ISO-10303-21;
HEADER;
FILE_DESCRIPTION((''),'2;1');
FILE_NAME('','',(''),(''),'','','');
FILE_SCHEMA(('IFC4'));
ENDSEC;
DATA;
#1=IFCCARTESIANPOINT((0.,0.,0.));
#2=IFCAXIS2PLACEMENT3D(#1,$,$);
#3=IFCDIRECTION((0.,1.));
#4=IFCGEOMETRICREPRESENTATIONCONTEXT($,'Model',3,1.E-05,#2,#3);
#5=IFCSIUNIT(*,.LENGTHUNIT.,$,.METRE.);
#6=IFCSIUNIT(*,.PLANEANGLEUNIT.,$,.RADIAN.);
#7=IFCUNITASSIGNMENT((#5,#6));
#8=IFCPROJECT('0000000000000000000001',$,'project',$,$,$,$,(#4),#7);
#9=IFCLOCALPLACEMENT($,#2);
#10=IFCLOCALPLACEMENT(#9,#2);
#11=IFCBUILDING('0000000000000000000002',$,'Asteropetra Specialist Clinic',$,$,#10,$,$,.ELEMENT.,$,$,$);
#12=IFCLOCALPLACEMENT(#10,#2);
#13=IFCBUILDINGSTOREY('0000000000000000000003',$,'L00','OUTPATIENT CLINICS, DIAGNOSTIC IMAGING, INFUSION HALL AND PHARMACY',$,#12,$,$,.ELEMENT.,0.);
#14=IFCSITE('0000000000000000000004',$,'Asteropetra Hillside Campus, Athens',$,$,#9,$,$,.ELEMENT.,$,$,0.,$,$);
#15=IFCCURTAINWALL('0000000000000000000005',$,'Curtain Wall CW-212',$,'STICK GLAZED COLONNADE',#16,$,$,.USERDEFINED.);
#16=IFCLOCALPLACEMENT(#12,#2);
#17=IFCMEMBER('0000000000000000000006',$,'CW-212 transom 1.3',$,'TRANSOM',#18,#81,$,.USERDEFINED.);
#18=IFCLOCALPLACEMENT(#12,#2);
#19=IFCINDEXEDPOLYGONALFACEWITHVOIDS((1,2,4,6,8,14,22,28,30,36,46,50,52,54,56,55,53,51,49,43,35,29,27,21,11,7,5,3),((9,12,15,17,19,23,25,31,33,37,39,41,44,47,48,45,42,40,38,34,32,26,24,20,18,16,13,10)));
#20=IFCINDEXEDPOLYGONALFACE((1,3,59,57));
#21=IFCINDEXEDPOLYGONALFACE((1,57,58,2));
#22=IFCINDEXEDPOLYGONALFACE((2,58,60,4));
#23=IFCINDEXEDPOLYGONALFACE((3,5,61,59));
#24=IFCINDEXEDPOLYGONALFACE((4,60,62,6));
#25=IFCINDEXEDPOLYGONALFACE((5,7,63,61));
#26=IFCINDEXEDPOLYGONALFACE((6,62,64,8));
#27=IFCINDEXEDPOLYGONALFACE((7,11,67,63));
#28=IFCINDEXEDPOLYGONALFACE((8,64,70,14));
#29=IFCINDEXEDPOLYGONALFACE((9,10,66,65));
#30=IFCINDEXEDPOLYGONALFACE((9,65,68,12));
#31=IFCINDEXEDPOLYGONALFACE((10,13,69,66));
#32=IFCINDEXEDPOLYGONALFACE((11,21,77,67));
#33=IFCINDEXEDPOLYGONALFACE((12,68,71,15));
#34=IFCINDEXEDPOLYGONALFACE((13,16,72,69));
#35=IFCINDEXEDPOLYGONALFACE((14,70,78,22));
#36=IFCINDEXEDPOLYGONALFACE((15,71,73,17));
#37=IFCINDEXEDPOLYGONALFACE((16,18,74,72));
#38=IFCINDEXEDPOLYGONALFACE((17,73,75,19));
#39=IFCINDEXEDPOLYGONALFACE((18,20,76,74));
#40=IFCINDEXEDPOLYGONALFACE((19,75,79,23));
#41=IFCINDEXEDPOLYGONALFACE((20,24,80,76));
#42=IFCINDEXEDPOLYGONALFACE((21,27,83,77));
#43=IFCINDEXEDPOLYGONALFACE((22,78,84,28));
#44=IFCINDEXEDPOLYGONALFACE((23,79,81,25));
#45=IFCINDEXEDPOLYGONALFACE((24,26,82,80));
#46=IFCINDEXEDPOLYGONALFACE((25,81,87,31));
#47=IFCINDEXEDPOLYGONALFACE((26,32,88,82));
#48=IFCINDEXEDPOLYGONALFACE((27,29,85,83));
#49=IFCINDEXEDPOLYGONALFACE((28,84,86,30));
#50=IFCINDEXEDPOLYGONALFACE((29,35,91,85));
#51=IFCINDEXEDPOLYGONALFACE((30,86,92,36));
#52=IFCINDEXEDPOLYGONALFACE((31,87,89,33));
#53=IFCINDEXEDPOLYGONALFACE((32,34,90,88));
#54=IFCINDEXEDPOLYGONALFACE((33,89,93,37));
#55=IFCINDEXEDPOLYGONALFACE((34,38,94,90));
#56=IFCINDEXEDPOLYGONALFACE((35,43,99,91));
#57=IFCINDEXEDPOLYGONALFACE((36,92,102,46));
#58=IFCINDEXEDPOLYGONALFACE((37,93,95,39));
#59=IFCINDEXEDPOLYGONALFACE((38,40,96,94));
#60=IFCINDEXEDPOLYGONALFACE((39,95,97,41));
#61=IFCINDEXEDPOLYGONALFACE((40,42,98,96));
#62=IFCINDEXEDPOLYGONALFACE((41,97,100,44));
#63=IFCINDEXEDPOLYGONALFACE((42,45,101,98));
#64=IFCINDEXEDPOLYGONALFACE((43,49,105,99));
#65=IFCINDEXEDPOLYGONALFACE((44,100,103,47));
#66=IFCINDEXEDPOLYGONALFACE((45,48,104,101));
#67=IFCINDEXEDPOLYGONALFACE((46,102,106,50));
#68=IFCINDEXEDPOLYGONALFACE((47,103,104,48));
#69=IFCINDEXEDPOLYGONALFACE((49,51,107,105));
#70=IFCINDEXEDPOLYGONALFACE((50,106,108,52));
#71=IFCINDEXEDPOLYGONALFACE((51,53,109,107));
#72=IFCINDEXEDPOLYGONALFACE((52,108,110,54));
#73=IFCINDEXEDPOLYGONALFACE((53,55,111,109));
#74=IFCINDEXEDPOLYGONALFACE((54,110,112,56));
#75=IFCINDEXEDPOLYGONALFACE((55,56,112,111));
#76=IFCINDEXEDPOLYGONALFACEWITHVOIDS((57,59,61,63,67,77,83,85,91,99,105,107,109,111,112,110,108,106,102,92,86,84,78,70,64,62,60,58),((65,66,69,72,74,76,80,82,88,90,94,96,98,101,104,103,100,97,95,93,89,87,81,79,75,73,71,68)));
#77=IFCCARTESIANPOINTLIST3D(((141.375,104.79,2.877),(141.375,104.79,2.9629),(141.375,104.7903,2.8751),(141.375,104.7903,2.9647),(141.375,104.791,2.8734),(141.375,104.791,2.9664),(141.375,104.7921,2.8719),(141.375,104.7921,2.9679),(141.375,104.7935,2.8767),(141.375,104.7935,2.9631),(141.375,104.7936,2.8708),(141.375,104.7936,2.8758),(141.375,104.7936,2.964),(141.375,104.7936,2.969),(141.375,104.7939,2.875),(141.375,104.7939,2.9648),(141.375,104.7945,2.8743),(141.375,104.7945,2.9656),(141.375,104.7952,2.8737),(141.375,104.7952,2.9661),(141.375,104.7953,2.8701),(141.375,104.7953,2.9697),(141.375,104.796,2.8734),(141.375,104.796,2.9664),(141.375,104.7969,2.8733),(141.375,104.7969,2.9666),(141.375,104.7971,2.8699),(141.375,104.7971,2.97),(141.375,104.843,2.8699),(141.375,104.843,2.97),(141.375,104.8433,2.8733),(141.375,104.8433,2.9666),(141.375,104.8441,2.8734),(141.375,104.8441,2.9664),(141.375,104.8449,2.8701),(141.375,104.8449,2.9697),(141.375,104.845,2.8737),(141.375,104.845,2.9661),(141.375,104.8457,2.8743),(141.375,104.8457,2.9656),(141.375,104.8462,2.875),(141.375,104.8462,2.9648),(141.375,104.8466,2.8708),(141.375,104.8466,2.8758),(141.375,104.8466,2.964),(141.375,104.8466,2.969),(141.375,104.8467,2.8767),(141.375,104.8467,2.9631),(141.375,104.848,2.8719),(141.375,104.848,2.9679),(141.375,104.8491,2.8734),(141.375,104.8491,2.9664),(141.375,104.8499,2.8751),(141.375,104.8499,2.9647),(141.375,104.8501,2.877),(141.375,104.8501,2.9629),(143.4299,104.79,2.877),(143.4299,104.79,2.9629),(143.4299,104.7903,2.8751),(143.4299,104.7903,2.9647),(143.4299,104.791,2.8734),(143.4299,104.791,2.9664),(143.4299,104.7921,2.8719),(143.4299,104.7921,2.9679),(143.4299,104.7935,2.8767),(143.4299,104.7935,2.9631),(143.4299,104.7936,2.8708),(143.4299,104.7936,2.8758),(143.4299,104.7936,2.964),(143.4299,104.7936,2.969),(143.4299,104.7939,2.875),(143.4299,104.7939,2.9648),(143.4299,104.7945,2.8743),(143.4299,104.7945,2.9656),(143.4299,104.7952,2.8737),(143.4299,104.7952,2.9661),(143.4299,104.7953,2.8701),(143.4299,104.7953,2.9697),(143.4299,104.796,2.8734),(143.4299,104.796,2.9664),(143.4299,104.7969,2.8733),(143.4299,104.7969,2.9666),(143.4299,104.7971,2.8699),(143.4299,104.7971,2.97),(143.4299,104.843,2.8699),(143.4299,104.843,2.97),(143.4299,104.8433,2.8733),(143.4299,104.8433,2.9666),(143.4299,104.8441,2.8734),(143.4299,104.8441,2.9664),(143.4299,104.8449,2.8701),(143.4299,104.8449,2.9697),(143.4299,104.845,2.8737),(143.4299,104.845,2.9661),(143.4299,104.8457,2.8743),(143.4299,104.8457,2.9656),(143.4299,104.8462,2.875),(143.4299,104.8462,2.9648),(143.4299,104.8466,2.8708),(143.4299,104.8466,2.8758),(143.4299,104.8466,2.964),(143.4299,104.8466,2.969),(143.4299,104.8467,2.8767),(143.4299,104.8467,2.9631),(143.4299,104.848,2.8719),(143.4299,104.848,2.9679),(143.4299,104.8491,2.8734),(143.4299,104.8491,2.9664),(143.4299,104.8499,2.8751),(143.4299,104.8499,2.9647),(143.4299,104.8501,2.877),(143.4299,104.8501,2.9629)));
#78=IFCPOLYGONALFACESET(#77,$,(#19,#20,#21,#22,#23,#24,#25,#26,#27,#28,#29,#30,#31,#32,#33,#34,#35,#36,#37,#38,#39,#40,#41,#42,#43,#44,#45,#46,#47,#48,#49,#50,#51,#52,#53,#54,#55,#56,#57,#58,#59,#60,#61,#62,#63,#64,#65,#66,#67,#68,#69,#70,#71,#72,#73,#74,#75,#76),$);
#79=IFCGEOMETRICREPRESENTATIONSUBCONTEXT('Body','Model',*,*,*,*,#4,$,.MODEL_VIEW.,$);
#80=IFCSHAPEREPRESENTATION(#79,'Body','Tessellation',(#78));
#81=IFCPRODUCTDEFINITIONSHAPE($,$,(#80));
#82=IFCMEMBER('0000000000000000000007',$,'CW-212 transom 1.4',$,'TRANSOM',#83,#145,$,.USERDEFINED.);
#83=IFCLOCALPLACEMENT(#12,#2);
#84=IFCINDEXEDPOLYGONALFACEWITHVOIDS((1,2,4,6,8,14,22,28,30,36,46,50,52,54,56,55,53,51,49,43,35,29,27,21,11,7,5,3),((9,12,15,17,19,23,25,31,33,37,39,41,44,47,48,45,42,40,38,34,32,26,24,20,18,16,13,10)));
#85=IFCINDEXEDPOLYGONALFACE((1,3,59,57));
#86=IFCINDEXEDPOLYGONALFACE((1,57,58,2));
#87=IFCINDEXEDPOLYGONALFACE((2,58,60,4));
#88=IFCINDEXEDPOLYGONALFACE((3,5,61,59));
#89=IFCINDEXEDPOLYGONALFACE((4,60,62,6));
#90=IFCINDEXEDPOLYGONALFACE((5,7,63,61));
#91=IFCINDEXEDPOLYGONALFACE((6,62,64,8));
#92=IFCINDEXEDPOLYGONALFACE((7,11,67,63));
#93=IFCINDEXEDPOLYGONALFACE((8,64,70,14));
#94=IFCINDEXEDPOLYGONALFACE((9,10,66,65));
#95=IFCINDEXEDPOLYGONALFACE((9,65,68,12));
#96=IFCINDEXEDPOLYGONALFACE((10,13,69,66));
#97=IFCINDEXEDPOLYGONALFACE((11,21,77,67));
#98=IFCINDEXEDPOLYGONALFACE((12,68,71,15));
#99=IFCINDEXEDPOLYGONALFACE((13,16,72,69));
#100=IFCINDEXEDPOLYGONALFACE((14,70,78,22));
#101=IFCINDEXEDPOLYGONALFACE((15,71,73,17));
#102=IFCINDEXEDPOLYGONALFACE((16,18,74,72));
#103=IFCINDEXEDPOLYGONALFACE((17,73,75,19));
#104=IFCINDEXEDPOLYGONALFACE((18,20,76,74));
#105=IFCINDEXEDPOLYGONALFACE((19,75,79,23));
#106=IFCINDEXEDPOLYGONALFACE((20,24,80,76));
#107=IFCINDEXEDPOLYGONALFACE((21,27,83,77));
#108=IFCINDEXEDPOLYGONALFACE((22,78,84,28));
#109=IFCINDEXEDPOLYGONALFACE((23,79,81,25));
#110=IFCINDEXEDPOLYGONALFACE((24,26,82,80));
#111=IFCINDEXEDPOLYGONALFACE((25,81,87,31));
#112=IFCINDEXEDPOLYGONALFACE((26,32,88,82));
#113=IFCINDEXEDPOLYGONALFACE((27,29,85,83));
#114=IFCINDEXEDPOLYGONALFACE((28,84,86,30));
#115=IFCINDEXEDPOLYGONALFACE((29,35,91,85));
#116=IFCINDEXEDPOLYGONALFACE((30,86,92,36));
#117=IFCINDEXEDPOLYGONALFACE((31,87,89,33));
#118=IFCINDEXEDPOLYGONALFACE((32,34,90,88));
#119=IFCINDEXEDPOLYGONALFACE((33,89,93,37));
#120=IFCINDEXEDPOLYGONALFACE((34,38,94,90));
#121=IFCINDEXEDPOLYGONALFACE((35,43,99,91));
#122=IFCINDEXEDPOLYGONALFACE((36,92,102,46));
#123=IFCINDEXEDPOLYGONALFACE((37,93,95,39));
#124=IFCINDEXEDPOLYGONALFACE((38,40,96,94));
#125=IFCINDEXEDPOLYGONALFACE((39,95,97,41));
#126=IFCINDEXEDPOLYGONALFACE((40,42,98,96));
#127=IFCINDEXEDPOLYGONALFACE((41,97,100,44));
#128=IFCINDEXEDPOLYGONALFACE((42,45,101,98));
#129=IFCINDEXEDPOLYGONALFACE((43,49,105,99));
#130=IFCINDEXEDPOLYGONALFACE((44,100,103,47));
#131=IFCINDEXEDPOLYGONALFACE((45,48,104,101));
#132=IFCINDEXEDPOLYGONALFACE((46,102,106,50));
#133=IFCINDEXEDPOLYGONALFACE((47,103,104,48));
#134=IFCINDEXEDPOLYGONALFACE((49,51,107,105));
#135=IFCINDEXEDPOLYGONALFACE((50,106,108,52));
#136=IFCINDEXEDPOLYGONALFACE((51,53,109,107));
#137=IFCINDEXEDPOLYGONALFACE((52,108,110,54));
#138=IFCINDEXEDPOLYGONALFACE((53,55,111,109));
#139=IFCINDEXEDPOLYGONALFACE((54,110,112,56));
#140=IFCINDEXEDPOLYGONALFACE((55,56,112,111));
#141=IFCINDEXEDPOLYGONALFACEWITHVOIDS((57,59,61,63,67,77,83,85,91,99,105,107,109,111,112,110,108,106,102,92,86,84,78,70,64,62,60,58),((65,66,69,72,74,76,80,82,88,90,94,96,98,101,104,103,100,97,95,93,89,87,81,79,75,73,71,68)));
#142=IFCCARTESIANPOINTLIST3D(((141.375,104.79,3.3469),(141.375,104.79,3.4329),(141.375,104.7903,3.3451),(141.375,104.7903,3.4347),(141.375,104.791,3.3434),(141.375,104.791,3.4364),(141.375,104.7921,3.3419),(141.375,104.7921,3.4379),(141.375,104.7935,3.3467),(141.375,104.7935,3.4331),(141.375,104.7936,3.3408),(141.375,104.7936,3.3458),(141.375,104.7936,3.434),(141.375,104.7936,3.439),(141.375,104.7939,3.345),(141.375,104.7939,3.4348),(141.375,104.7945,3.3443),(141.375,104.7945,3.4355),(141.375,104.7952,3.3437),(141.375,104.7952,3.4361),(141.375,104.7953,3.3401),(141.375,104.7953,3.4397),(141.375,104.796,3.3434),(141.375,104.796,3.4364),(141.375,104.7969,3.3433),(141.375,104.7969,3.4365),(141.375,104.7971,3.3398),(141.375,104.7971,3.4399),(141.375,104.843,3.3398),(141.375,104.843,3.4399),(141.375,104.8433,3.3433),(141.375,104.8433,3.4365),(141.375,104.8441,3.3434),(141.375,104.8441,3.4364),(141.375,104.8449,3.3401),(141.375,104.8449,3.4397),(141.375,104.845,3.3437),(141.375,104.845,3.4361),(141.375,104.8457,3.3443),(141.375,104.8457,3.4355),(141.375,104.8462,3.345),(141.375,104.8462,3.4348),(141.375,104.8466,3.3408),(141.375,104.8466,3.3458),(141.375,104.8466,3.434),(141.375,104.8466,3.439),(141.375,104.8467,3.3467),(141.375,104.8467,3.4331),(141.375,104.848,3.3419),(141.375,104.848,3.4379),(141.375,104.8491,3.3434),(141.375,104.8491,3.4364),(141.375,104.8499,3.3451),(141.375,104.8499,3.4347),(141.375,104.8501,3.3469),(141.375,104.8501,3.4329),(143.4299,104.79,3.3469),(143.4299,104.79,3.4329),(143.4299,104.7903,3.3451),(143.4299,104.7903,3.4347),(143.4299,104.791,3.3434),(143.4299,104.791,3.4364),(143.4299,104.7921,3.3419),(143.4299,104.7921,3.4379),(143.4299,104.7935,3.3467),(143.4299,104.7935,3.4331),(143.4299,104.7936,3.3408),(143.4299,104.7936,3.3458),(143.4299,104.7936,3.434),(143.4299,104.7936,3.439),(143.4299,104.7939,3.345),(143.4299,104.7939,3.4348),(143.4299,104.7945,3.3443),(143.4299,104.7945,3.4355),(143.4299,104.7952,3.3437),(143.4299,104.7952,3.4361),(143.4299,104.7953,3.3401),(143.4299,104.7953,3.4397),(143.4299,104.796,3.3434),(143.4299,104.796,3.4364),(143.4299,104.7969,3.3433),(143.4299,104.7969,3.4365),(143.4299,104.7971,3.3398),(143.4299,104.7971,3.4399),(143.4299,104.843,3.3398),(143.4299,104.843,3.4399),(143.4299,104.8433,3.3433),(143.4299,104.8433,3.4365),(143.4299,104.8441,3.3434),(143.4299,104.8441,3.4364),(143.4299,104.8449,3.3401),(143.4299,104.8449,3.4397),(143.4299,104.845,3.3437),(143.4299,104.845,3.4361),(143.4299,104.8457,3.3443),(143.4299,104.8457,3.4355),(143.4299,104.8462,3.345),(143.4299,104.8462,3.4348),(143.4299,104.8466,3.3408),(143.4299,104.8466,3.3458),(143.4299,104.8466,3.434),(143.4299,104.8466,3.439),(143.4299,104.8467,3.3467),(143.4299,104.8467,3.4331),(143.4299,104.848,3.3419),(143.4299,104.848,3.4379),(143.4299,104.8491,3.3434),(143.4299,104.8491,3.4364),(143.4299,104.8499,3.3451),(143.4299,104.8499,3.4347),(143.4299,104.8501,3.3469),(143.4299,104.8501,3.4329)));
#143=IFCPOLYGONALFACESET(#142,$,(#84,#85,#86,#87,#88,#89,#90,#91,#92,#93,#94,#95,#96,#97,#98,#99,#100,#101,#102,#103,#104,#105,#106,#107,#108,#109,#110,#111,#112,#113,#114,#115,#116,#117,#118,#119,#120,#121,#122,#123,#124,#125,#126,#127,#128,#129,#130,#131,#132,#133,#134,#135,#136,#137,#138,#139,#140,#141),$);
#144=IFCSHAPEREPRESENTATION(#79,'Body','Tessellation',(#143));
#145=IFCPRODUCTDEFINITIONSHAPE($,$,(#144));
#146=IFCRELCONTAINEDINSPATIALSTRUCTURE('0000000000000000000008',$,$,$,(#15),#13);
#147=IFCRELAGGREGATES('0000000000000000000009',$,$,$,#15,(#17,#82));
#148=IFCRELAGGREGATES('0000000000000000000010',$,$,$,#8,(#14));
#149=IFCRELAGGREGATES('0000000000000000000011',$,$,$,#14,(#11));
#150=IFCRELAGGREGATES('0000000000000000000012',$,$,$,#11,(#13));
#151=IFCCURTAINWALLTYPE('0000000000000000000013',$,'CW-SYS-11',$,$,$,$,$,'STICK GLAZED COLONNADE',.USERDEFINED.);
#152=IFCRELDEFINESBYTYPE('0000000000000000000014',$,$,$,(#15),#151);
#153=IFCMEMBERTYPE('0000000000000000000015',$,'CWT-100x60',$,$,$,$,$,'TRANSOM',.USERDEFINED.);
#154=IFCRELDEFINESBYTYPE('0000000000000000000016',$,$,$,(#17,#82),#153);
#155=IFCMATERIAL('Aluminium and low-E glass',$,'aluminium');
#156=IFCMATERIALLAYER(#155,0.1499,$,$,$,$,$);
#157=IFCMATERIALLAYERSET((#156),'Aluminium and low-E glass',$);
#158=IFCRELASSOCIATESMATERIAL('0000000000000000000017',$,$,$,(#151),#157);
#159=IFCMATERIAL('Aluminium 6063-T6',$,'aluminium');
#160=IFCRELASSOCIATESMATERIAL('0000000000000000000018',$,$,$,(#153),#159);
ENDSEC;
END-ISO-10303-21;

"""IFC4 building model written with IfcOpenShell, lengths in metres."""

from ifc_helpers import new_model, si_unit, direction, frame, origin, origin_2d, place, context, subcontext, project, spatial, hollow_rectangle, extrude, material, layer, layer_set, material_profile, profile_set, type_object, element, aggregate, save


model = new_model("IFC4")

# Units and contexts
model_context = context("Model", 3, precision=1e-05, world=origin(), true_north=direction((0.0, 1.0)))
body_context = subcontext(model_context, "Body", "Model", "MODEL_VIEW")
ifc_project = project(units=[si_unit("LENGTHUNIT", "METRE"), si_unit("PLANEANGLEUNIT", "RADIAN")], contexts=[model_context])

# Site, building, storey
site_placement = place(None, origin())
site = spatial("IfcSite", under=ifc_project, at=site_placement, Name="Asteropetra Hillside Campus, Athens", CompositionType="ELEMENT", RefElevation=0.0)
building_placement = place(site_placement, origin())
building = spatial("IfcBuilding", under=site, at=building_placement, Name="Asteropetra Specialist Clinic", CompositionType="ELEMENT")
storey_placement = place(building_placement, origin())
storey = spatial("IfcBuildingStorey", under=building, at=storey_placement, Name="L00", Description="OUTPATIENT CLINICS, DIAGNOSTIC IMAGING, INFUSION HALL AND PHARMACY", CompositionType="ELEMENT", Elevation=0.0)

# Curtain wall, members
ifc_material_1 = material(Name="Aluminium and low-E glass", Category="aluminium")
ifc_layer_1 = layer(ifc_material_1, 0.1499)
ifc_layer_set_1 = layer_set([ifc_layer_1], Name="Aluminium and low-E glass")
curtain_wall_type = type_object("IfcCurtainWallType", Name="CW-SYS-11", ElementType="STICK GLAZED COLONNADE", PredefinedType="USERDEFINED", material=ifc_layer_set_1)
curtain_wall_placement = place(storey_placement, origin())
curtain_wall = element("IfcCurtainWall", 1, at=curtain_wall_placement, inside=storey, type_object=curtain_wall_type, Name="Curtain Wall CW-212", ObjectType="STICK GLAZED COLONNADE", PredefinedType="USERDEFINED")
ifc_material_2 = material(Name="Aluminium 6063-T6", Category="aluminium")
ifc_material_profile_1 = material_profile(ifc_material_2, hollow_rectangle(XDim=0.0601, YDim=0.1001, WallThickness=0.0034, InnerFilletRadius=0.0034, OuterFilletRadius=0.0071, at=origin_2d()), Name="TRN 100x60x3.5")
ifc_profile_set_1 = profile_set([ifc_material_profile_1], Name="Aluminium 6063-T6")
member_type_1 = type_object("IfcMemberType", Name="CWT-100x60", ElementType="TRANSOM", PredefinedType="USERDEFINED", material=ifc_profile_set_1)
member_1_placement = place(storey_placement, frame((143.4299, 104.8201, 2.9199), z_axis=(-1.0, 0.0, 0.0), x_axis=(0.0, -1.0, 0.0)))
member_1 = element("IfcMember", 2, at=member_1_placement, type_object=member_type_1, Name="CW-212 transom 1.3", ObjectType="TRANSOM", PredefinedType="USERDEFINED", context=body_context, shape_type="SweptSolid", body=[
    extrude(hollow_rectangle(XDim=0.0601, YDim=0.1001, WallThickness=0.0034, InnerFilletRadius=0.0034, OuterFilletRadius=0.0071, at=origin_2d()), origin(), (0.0, 0.0, 1.0), 2.0549),
])
member_2_placement = place(storey_placement, frame((143.4299, 104.8201, 3.3899), z_axis=(-1.0, 0.0, 0.0), x_axis=(0.0, -1.0, 0.0)))
member_2 = element("IfcMember", 3, at=member_2_placement, type_object=member_type_1, Name="CW-212 transom 1.4", ObjectType="TRANSOM", PredefinedType="USERDEFINED", context=body_context, shape_type="SweptSolid", body=[
    extrude(hollow_rectangle(XDim=0.0601, YDim=0.1001, WallThickness=0.0034, InnerFilletRadius=0.0034, OuterFilletRadius=0.0071, at=origin_2d()), origin(), (0.0, 0.0, 1.0), 2.0549),
])
aggregate(curtain_wall, [member_1, member_2])

save(model, "model.ifc")
